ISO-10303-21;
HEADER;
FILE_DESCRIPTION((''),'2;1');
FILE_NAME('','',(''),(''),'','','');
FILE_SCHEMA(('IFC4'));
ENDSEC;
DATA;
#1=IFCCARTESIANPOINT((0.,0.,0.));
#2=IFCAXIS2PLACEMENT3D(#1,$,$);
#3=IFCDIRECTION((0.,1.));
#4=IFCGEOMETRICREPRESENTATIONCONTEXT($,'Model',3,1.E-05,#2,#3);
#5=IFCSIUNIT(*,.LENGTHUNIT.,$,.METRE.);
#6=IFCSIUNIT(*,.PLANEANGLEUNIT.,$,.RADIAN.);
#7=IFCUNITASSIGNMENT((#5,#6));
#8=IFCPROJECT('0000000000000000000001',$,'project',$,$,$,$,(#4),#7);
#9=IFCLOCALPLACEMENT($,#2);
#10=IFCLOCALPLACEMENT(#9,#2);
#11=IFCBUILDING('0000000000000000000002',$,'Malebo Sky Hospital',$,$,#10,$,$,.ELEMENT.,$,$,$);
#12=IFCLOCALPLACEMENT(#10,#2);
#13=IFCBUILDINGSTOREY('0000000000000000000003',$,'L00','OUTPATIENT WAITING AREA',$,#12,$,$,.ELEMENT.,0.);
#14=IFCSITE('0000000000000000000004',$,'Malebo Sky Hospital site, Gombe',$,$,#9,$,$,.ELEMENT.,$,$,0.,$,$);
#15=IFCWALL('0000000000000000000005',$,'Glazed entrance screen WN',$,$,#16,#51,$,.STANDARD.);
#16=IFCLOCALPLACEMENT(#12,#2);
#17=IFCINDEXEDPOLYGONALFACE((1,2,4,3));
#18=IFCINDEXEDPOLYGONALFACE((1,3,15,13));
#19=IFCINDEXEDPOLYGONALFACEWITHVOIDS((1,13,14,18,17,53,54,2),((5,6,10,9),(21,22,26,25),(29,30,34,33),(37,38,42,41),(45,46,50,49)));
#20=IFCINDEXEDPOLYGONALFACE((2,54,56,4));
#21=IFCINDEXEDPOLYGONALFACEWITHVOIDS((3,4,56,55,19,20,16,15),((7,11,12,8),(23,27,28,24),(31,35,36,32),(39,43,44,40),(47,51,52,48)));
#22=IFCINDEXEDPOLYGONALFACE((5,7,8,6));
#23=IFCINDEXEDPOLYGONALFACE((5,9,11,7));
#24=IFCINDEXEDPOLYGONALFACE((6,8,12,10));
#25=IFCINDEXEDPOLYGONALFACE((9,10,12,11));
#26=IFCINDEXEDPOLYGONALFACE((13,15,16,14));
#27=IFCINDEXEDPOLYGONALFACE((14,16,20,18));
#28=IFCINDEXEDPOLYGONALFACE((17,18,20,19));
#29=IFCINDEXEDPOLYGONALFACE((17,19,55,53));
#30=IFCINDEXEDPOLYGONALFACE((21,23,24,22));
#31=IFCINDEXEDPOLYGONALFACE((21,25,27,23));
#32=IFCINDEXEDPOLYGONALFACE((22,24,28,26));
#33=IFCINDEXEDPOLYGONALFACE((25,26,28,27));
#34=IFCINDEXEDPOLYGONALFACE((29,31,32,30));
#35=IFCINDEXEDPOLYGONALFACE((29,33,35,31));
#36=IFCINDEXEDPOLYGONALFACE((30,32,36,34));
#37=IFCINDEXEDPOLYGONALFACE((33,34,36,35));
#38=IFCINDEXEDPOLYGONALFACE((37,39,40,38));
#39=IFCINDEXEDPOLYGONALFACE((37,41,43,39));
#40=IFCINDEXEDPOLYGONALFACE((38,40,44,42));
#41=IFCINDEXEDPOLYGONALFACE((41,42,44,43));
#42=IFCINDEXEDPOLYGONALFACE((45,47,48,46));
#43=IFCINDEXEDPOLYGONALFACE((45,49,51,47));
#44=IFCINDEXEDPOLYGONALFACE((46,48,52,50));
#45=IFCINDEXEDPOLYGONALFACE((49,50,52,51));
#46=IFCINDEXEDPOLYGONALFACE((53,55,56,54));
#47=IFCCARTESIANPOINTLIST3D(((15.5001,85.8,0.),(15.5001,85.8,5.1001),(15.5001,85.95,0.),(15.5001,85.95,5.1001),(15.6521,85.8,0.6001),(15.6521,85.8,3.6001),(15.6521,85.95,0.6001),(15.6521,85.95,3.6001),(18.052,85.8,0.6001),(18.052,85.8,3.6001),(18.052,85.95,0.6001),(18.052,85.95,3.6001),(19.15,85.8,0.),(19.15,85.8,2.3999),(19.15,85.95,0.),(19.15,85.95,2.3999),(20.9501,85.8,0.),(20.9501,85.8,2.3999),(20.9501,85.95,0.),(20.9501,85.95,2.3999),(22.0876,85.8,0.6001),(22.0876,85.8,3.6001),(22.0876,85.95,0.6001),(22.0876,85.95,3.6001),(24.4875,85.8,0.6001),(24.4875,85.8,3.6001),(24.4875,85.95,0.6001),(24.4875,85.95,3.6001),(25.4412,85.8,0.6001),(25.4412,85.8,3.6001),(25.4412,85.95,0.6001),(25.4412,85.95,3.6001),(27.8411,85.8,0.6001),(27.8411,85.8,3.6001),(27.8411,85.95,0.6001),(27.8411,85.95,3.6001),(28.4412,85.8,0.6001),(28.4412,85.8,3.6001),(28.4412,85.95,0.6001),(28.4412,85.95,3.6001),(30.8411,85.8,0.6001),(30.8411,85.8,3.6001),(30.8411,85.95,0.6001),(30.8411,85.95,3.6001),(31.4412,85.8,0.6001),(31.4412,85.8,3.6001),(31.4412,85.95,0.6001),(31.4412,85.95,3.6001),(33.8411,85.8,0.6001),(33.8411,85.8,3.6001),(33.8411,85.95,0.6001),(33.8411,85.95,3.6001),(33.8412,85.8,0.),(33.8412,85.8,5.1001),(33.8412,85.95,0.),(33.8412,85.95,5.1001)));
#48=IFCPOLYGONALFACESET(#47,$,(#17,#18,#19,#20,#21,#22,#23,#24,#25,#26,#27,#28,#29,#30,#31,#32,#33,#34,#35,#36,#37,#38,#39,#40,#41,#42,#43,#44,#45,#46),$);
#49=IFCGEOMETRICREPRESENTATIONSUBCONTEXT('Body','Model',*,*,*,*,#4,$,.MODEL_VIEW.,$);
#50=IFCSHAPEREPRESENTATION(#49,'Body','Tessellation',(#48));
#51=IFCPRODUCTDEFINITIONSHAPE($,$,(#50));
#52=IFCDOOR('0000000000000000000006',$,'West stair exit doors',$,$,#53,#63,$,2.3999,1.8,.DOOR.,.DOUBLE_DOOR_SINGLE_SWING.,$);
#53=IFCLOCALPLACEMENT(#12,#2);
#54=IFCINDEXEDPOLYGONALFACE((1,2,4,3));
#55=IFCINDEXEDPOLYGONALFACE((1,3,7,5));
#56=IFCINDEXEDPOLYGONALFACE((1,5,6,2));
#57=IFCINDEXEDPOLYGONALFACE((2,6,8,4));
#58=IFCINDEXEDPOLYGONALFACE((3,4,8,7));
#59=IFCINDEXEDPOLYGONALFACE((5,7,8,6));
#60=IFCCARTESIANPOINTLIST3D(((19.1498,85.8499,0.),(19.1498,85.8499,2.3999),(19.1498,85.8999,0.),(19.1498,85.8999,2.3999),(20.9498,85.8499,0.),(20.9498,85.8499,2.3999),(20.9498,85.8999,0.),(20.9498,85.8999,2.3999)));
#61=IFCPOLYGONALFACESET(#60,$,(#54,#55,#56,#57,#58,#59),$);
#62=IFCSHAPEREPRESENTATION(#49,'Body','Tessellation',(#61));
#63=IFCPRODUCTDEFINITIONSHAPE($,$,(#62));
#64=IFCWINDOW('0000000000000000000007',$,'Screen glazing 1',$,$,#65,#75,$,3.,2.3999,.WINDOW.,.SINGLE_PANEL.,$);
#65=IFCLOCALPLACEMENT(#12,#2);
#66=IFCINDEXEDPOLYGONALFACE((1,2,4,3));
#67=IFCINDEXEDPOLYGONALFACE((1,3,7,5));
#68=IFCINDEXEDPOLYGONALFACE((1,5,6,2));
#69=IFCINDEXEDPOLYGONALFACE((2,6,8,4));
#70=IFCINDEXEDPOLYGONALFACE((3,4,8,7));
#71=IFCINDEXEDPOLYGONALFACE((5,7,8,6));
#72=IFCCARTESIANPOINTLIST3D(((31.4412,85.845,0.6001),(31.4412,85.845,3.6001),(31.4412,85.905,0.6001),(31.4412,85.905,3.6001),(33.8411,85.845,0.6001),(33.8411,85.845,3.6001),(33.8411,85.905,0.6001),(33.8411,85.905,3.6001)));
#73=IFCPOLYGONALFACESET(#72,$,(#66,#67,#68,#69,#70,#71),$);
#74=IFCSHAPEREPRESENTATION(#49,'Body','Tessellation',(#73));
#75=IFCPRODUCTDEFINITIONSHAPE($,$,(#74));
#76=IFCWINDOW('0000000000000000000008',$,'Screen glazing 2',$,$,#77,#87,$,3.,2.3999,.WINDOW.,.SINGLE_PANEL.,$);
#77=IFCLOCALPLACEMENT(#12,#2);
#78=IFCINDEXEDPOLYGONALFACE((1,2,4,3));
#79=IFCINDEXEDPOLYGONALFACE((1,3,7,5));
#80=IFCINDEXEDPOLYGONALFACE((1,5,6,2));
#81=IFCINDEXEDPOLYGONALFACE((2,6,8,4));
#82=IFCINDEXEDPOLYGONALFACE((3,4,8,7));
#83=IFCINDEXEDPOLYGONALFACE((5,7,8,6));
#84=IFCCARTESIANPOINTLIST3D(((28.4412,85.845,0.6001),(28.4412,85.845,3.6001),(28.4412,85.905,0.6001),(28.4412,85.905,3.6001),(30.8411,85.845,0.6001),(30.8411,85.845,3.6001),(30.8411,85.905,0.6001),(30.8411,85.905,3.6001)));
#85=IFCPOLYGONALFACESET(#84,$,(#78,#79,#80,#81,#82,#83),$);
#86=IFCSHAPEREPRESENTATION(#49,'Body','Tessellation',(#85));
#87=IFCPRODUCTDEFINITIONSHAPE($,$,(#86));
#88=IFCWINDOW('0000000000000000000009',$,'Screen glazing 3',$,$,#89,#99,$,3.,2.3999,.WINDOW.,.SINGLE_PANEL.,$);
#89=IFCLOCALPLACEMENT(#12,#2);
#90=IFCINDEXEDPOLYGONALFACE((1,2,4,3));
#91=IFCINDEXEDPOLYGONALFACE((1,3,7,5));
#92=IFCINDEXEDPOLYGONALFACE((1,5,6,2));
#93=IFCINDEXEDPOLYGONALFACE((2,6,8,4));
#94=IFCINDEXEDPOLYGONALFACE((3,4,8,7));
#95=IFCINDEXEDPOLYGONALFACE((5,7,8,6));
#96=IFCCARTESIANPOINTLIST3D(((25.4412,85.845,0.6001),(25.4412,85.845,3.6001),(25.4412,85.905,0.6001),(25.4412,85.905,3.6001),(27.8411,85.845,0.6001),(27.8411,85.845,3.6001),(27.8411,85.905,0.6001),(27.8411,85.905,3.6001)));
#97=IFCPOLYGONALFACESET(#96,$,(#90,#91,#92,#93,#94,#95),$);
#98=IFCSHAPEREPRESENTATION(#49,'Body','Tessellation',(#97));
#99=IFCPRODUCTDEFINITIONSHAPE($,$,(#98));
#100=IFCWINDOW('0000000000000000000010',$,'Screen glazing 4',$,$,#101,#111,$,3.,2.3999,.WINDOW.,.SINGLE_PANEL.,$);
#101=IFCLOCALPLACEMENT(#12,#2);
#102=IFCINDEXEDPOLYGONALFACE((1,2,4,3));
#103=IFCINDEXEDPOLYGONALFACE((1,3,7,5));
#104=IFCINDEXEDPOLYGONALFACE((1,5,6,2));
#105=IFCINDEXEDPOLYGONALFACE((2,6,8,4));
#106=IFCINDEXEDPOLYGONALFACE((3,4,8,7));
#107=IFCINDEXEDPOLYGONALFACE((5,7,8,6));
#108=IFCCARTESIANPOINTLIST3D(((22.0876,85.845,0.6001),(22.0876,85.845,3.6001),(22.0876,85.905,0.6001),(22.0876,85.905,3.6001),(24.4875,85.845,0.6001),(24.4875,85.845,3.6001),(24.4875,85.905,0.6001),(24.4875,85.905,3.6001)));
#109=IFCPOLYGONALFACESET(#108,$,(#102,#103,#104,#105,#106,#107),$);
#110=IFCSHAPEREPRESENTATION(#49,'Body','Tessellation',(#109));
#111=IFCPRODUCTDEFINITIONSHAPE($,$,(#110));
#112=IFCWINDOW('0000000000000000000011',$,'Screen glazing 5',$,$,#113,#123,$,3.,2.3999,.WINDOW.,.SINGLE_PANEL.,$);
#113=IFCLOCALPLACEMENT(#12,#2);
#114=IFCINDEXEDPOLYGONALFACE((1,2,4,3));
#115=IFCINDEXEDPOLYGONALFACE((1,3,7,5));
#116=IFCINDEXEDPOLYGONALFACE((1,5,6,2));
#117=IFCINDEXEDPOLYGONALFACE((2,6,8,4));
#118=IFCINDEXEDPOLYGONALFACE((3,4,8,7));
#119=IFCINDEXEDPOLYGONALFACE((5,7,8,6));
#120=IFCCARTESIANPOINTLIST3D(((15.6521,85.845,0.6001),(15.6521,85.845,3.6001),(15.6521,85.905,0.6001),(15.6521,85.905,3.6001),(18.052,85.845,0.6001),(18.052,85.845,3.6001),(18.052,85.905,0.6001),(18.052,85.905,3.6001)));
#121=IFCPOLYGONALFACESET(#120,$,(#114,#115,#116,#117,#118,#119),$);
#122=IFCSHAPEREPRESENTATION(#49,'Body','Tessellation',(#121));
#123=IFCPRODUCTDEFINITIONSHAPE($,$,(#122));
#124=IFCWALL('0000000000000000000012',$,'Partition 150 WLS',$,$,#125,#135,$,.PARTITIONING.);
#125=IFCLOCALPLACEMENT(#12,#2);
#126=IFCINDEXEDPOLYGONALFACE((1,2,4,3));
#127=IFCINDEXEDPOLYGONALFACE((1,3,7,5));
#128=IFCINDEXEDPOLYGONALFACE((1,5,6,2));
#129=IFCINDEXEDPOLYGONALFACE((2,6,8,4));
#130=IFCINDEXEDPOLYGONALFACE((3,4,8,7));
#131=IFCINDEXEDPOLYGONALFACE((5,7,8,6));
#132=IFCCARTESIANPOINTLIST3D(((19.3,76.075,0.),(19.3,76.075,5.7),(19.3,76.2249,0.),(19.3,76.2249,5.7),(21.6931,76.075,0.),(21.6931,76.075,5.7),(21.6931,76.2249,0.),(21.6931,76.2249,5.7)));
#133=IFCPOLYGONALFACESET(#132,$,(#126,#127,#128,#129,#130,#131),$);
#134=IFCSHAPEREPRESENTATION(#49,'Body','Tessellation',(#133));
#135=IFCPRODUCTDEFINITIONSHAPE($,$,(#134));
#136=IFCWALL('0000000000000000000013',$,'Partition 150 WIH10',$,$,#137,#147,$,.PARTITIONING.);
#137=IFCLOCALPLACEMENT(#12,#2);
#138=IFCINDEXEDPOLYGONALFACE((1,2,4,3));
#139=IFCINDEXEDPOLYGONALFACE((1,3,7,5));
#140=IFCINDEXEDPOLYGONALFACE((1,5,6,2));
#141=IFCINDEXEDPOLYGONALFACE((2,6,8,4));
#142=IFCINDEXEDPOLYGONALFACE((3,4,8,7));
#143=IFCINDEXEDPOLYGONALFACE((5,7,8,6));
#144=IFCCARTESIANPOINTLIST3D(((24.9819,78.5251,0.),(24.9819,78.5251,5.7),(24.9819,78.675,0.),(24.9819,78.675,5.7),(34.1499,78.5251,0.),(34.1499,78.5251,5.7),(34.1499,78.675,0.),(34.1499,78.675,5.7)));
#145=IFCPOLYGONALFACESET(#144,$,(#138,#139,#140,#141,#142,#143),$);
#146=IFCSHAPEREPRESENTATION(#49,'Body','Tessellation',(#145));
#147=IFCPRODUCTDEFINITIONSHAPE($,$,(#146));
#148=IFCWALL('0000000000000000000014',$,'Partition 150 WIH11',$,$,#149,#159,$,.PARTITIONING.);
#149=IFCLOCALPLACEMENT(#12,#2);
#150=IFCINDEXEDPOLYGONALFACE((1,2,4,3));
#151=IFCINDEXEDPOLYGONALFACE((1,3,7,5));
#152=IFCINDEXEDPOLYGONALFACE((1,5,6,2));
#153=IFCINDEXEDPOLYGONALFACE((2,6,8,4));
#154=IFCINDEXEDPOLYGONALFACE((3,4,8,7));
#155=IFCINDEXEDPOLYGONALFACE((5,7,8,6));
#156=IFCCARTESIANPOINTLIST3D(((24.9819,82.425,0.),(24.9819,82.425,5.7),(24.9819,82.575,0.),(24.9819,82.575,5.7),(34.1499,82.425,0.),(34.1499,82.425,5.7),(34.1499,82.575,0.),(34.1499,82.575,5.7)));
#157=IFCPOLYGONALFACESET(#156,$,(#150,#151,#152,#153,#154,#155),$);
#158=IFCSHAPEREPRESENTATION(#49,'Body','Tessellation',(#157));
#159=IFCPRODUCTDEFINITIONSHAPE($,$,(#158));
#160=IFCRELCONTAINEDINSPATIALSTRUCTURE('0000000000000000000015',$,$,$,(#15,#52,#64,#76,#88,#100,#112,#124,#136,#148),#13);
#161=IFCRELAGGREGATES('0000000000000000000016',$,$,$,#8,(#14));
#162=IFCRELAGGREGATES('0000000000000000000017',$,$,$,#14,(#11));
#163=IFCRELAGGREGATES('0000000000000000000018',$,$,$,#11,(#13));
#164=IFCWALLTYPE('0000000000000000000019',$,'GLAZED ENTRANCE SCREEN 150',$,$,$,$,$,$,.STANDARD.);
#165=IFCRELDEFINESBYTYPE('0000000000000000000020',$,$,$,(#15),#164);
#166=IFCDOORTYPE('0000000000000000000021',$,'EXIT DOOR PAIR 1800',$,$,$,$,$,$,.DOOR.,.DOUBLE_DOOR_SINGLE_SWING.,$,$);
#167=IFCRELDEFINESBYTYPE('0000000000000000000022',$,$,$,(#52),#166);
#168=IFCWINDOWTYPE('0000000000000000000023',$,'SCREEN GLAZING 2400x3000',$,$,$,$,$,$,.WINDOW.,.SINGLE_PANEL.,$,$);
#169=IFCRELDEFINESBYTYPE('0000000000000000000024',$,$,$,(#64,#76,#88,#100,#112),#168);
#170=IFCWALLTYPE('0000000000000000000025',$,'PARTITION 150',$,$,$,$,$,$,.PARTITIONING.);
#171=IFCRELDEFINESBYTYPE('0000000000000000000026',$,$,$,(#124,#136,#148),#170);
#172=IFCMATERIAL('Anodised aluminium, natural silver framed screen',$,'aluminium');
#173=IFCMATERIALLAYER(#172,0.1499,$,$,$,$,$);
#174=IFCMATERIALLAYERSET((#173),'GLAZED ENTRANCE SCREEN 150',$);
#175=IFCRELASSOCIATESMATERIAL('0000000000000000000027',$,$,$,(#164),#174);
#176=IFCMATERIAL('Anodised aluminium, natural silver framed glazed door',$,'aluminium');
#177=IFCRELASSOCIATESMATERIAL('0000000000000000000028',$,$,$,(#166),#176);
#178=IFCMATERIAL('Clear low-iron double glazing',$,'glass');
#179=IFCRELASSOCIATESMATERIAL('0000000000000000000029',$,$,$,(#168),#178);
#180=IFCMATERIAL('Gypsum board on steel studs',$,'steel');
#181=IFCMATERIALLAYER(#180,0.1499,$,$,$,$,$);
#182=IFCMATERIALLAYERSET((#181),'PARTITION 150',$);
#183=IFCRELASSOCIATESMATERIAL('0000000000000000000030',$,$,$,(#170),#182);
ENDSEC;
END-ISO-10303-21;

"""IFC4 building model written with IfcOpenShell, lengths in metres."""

from ifc_helpers import new_model, si_unit, direction, frame, frame_2d, origin, place, context, subcontext, project, spatial, rectangle, extrude, material, layer, layer_set, type_object, element, fill, save


model = new_model("IFC4")

# Units and contexts
model_context = context("Model", 3, precision=1e-05, world=origin(), true_north=direction((0.0, 1.0)))
body_context = subcontext(model_context, "Body", "Model", "MODEL_VIEW")
ifc_project = project(units=[si_unit("LENGTHUNIT", "METRE"), si_unit("PLANEANGLEUNIT", "RADIAN")], contexts=[model_context])

# Site, building, storey
site_placement = place(None, origin())
site = spatial("IfcSite", under=ifc_project, at=site_placement, Name="Malebo Sky Hospital site, Gombe", CompositionType="ELEMENT", RefElevation=0.0)
building_placement = place(site_placement, origin())
building = spatial("IfcBuilding", under=site, at=building_placement, Name="Malebo Sky Hospital", CompositionType="ELEMENT")
storey_placement = place(building_placement, origin())
storey = spatial("IfcBuildingStorey", under=building, at=storey_placement, Name="L00", Description="OUTPATIENT WAITING AREA", CompositionType="ELEMENT", Elevation=0.0)

# Shared definitions
ifc_material_1 = material(Name="Anodised aluminium, natural silver framed screen", Category="aluminium")
ifc_layer_1 = layer(ifc_material_1, 0.1499)
ifc_layer_set_1 = layer_set([ifc_layer_1], Name="GLAZED ENTRANCE SCREEN 150")
wall_type_1 = type_object("IfcWallType", Name="GLAZED ENTRANCE SCREEN 150", PredefinedType="STANDARD", material=ifc_layer_set_1)

# Wall, openings, door, windows
wall_1_placement = place(storey_placement, frame((33.8411, 85.875, 0.0), z_axis=(0.0, 0.0, 1.0), x_axis=(-1.0, 0.0, 0.0)))
wall_1 = element("IfcWall", 1, at=wall_1_placement, inside=storey, type_object=wall_type_1, Name="Glazed entrance screen WN", PredefinedType="STANDARD", context=body_context, shape_type="SweptSolid", body=[
    extrude(rectangle(XDim=18.3411, YDim=0.1499, at=frame_2d((9.1704, 0.0))), origin(), (0.0, 0.0, 1.0), 5.1001),
])
opening_1_placement = place(wall_1_placement, frame((12.8911, 0.0, 0.0)))
opening_1 = element("IfcOpeningElement", 2, at=opening_1_placement, cuts=wall_1, PredefinedType="OPENING", context=body_context, shape_type="SweptSolid", body=[
    extrude(rectangle(XDim=1.8, YDim=2.3999, at=frame_2d((0.8999, 1.2))), frame((0.0, 0.085, 0.0), z_axis=(0.0, -1.0, 0.0), x_axis=(1.0, 0.0, 0.0)), (0.0, 0.0, 1.0), 0.1699),
])
opening_2_placement = place(wall_1_placement, frame((0.0, 0.0, 0.6001)))
opening_2 = element("IfcOpeningElement", 3, at=opening_2_placement, cuts=wall_1, PredefinedType="OPENING", context=body_context, shape_type="SweptSolid", body=[
    extrude(rectangle(XDim=2.3999, YDim=3.0, at=frame_2d((1.2, 1.5))), frame((0.0, 0.085, 0.0), z_axis=(0.0, -1.0, 0.0), x_axis=(1.0, 0.0, 0.0)), (0.0, 0.0, 1.0), 0.1699),
])
opening_3_placement = place(wall_1_placement, frame((3.0, 0.0, 0.6001)))
opening_3 = element("IfcOpeningElement", 4, at=opening_3_placement, cuts=wall_1, PredefinedType="OPENING", context=body_context, shape_type="SweptSolid", body=[
    extrude(rectangle(XDim=2.3999, YDim=3.0, at=frame_2d((1.2, 1.5))), frame((0.0, 0.085, 0.0), z_axis=(0.0, -1.0, 0.0), x_axis=(1.0, 0.0, 0.0)), (0.0, 0.0, 1.0), 0.1699),
])
opening_4_placement = place(wall_1_placement, frame((6.0, 0.0, 0.6001)))
opening_4 = element("IfcOpeningElement", 5, at=opening_4_placement, cuts=wall_1, PredefinedType="OPENING", context=body_context, shape_type="SweptSolid", body=[
    extrude(rectangle(XDim=2.3999, YDim=3.0, at=frame_2d((1.2, 1.5))), frame((0.0, 0.085, 0.0), z_axis=(0.0, -1.0, 0.0), x_axis=(1.0, 0.0, 0.0)), (0.0, 0.0, 1.0), 0.1699),
])
opening_5_placement = place(wall_1_placement, frame((9.3535, 0.0, 0.6001)))
opening_5 = element("IfcOpeningElement", 6, at=opening_5_placement, cuts=wall_1, PredefinedType="OPENING", context=body_context, shape_type="SweptSolid", body=[
    extrude(rectangle(XDim=2.3999, YDim=3.0, at=frame_2d((1.2, 1.5))), frame((0.0, 0.085, 0.0), z_axis=(0.0, -1.0, 0.0), x_axis=(1.0, 0.0, 0.0)), (0.0, 0.0, 1.0), 0.1699),
])
opening_6_placement = place(wall_1_placement, frame((15.7891, 0.0, 0.6001)))
opening_6 = element("IfcOpeningElement", 7, at=opening_6_placement, cuts=wall_1, PredefinedType="OPENING", context=body_context, shape_type="SweptSolid", body=[
    extrude(rectangle(XDim=2.3999, YDim=3.0, at=frame_2d((1.2, 1.5))), frame((0.0, 0.085, 0.0), z_axis=(0.0, -1.0, 0.0), x_axis=(1.0, 0.0, 0.0)), (0.0, 0.0, 1.0), 0.1699),
])
ifc_material_2 = material(Name="Anodised aluminium, natural silver framed glazed door", Category="aluminium")
door_type = type_object("IfcDoorType", Name="EXIT DOOR PAIR 1800", OperationType="DOUBLE_DOOR_SINGLE_SWING", PredefinedType="DOOR", material=ifc_material_2)
door_placement = place(opening_1_placement, frame((1.8, 0.0, 0.0), z_axis=(0.0, 0.0, 1.0), x_axis=(-1.0, 0.0, 0.0)))
door = element("IfcDoor", 8, at=door_placement, inside=storey, type_object=door_type, Name="West stair exit doors", OperationType="DOUBLE_DOOR_SINGLE_SWING", OverallHeight=2.3999, OverallWidth=1.8, PredefinedType="DOOR", context=body_context, shape_type="SweptSolid", body=[
    extrude(rectangle(XDim=1.8, YDim=2.3999, at=frame_2d((0.8999, 1.2))), frame((0.0, 0.0249, 0.0), z_axis=(0.0, -1.0, 0.0), x_axis=(1.0, 0.0, 0.0)), (0.0, 0.0, 1.0), 0.05),
])
fill(opening_1, door)
ifc_material_3 = material(Name="Clear low-iron double glazing", Category="glass")
window_type = type_object("IfcWindowType", Name="SCREEN GLAZING 2400x3000", PartitioningType="SINGLE_PANEL", PredefinedType="WINDOW", material=ifc_material_3)
window_1_placement = place(opening_2_placement, origin())
window_1 = element("IfcWindow", 9, at=window_1_placement, inside=storey, type_object=window_type, Name="Screen glazing 1", OverallHeight=3.0, OverallWidth=2.3999, PartitioningType="SINGLE_PANEL", PredefinedType="WINDOW", context=body_context, shape_type="SweptSolid", body=[
    extrude(rectangle(XDim=2.3999, YDim=3.0, at=frame_2d((1.2, 1.5))), frame((0.0, 0.03, 0.0), z_axis=(0.0, -1.0, 0.0), x_axis=(1.0, 0.0, 0.0)), (0.0, 0.0, 1.0), 0.0601),
])
fill(opening_2, window_1)
window_2_placement = place(opening_3_placement, origin())
window_2 = element("IfcWindow", 10, at=window_2_placement, inside=storey, type_object=window_type, Name="Screen glazing 2", OverallHeight=3.0, OverallWidth=2.3999, PartitioningType="SINGLE_PANEL", PredefinedType="WINDOW", context=body_context, shape_type="SweptSolid", body=[
    extrude(rectangle(XDim=2.3999, YDim=3.0, at=frame_2d((1.2, 1.5))), frame((0.0, 0.03, 0.0), z_axis=(0.0, -1.0, 0.0), x_axis=(1.0, 0.0, 0.0)), (0.0, 0.0, 1.0), 0.0601),
])
fill(opening_3, window_2)
window_3_placement = place(opening_4_placement, origin())
window_3 = element("IfcWindow", 11, at=window_3_placement, inside=storey, type_object=window_type, Name="Screen glazing 3", OverallHeight=3.0, OverallWidth=2.3999, PartitioningType="SINGLE_PANEL", PredefinedType="WINDOW", context=body_context, shape_type="SweptSolid", body=[
    extrude(rectangle(XDim=2.3999, YDim=3.0, at=frame_2d((1.2, 1.5))), frame((0.0, 0.03, 0.0), z_axis=(0.0, -1.0, 0.0), x_axis=(1.0, 0.0, 0.0)), (0.0, 0.0, 1.0), 0.0601),
])
fill(opening_4, window_3)
window_4_placement = place(opening_5_placement, origin())
window_4 = element("IfcWindow", 12, at=window_4_placement, inside=storey, type_object=window_type, Name="Screen glazing 4", OverallHeight=3.0, OverallWidth=2.3999, PartitioningType="SINGLE_PANEL", PredefinedType="WINDOW", context=body_context, shape_type="SweptSolid", body=[
    extrude(rectangle(XDim=2.3999, YDim=3.0, at=frame_2d((1.2, 1.5))), frame((0.0, 0.03, 0.0), z_axis=(0.0, -1.0, 0.0), x_axis=(1.0, 0.0, 0.0)), (0.0, 0.0, 1.0), 0.0601),
])
fill(opening_5, window_4)
window_5_placement = place(opening_6_placement, origin())
window_5 = element("IfcWindow", 13, at=window_5_placement, inside=storey, type_object=window_type, Name="Screen glazing 5", OverallHeight=3.0, OverallWidth=2.3999, PartitioningType="SINGLE_PANEL", PredefinedType="WINDOW", context=body_context, shape_type="SweptSolid", body=[
    extrude(rectangle(XDim=2.3999, YDim=3.0, at=frame_2d((1.2, 1.5))), frame((0.0, 0.03, 0.0), z_axis=(0.0, -1.0, 0.0), x_axis=(1.0, 0.0, 0.0)), (0.0, 0.0, 1.0), 0.0601),
])
fill(opening_6, window_5)

# Walls
ifc_material_4 = material(Name="Gypsum board on steel studs", Category="steel")
ifc_layer_2 = layer(ifc_material_4, 0.1499)
ifc_layer_set_2 = layer_set([ifc_layer_2], Name="PARTITION 150")
wall_type_2 = type_object("IfcWallType", Name="PARTITION 150", PredefinedType="PARTITIONING", material=ifc_layer_set_2)
wall_2_placement = place(storey_placement, frame((19.3, 76.1499, 0.0), z_axis=(0.0, 0.0, 1.0), x_axis=(1.0, 0.0, 0.0)))
element("IfcWall", 14, at=wall_2_placement, inside=storey, type_object=wall_type_2, Name="Partition 150 WLS", PredefinedType="PARTITIONING", context=body_context, shape_type="SweptSolid", body=[
    extrude(rectangle(XDim=2.3931, YDim=0.1499, at=frame_2d((1.1965, 0.0))), origin(), (0.0, 0.0, 1.0), 5.7),
])
for number, where, z_axis, x_axis, name in (
    (15, (24.9819, 78.6001, 0.0), (0.0, 0.0, 1.0), (1.0, 0.0, 0.0), "Partition 150 WIH10"),
    (16, (24.9819, 82.5, 0.0), (0.0, 0.0, 1.0), (1.0, 0.0, 0.0), "Partition 150 WIH11"),
):
    element("IfcWall", number, at=place(storey_placement, frame(where, z_axis=z_axis, x_axis=x_axis)), inside=storey, type_object=wall_type_2, Name=name, PredefinedType="PARTITIONING", context=body_context, shape_type="SweptSolid", body=[
        extrude(rectangle(XDim=9.168, YDim=0.1499, at=frame_2d((4.584, 0.0))), origin(), (0.0, 0.0, 1.0), 5.7),
    ])

save(model, "model.ifc")
